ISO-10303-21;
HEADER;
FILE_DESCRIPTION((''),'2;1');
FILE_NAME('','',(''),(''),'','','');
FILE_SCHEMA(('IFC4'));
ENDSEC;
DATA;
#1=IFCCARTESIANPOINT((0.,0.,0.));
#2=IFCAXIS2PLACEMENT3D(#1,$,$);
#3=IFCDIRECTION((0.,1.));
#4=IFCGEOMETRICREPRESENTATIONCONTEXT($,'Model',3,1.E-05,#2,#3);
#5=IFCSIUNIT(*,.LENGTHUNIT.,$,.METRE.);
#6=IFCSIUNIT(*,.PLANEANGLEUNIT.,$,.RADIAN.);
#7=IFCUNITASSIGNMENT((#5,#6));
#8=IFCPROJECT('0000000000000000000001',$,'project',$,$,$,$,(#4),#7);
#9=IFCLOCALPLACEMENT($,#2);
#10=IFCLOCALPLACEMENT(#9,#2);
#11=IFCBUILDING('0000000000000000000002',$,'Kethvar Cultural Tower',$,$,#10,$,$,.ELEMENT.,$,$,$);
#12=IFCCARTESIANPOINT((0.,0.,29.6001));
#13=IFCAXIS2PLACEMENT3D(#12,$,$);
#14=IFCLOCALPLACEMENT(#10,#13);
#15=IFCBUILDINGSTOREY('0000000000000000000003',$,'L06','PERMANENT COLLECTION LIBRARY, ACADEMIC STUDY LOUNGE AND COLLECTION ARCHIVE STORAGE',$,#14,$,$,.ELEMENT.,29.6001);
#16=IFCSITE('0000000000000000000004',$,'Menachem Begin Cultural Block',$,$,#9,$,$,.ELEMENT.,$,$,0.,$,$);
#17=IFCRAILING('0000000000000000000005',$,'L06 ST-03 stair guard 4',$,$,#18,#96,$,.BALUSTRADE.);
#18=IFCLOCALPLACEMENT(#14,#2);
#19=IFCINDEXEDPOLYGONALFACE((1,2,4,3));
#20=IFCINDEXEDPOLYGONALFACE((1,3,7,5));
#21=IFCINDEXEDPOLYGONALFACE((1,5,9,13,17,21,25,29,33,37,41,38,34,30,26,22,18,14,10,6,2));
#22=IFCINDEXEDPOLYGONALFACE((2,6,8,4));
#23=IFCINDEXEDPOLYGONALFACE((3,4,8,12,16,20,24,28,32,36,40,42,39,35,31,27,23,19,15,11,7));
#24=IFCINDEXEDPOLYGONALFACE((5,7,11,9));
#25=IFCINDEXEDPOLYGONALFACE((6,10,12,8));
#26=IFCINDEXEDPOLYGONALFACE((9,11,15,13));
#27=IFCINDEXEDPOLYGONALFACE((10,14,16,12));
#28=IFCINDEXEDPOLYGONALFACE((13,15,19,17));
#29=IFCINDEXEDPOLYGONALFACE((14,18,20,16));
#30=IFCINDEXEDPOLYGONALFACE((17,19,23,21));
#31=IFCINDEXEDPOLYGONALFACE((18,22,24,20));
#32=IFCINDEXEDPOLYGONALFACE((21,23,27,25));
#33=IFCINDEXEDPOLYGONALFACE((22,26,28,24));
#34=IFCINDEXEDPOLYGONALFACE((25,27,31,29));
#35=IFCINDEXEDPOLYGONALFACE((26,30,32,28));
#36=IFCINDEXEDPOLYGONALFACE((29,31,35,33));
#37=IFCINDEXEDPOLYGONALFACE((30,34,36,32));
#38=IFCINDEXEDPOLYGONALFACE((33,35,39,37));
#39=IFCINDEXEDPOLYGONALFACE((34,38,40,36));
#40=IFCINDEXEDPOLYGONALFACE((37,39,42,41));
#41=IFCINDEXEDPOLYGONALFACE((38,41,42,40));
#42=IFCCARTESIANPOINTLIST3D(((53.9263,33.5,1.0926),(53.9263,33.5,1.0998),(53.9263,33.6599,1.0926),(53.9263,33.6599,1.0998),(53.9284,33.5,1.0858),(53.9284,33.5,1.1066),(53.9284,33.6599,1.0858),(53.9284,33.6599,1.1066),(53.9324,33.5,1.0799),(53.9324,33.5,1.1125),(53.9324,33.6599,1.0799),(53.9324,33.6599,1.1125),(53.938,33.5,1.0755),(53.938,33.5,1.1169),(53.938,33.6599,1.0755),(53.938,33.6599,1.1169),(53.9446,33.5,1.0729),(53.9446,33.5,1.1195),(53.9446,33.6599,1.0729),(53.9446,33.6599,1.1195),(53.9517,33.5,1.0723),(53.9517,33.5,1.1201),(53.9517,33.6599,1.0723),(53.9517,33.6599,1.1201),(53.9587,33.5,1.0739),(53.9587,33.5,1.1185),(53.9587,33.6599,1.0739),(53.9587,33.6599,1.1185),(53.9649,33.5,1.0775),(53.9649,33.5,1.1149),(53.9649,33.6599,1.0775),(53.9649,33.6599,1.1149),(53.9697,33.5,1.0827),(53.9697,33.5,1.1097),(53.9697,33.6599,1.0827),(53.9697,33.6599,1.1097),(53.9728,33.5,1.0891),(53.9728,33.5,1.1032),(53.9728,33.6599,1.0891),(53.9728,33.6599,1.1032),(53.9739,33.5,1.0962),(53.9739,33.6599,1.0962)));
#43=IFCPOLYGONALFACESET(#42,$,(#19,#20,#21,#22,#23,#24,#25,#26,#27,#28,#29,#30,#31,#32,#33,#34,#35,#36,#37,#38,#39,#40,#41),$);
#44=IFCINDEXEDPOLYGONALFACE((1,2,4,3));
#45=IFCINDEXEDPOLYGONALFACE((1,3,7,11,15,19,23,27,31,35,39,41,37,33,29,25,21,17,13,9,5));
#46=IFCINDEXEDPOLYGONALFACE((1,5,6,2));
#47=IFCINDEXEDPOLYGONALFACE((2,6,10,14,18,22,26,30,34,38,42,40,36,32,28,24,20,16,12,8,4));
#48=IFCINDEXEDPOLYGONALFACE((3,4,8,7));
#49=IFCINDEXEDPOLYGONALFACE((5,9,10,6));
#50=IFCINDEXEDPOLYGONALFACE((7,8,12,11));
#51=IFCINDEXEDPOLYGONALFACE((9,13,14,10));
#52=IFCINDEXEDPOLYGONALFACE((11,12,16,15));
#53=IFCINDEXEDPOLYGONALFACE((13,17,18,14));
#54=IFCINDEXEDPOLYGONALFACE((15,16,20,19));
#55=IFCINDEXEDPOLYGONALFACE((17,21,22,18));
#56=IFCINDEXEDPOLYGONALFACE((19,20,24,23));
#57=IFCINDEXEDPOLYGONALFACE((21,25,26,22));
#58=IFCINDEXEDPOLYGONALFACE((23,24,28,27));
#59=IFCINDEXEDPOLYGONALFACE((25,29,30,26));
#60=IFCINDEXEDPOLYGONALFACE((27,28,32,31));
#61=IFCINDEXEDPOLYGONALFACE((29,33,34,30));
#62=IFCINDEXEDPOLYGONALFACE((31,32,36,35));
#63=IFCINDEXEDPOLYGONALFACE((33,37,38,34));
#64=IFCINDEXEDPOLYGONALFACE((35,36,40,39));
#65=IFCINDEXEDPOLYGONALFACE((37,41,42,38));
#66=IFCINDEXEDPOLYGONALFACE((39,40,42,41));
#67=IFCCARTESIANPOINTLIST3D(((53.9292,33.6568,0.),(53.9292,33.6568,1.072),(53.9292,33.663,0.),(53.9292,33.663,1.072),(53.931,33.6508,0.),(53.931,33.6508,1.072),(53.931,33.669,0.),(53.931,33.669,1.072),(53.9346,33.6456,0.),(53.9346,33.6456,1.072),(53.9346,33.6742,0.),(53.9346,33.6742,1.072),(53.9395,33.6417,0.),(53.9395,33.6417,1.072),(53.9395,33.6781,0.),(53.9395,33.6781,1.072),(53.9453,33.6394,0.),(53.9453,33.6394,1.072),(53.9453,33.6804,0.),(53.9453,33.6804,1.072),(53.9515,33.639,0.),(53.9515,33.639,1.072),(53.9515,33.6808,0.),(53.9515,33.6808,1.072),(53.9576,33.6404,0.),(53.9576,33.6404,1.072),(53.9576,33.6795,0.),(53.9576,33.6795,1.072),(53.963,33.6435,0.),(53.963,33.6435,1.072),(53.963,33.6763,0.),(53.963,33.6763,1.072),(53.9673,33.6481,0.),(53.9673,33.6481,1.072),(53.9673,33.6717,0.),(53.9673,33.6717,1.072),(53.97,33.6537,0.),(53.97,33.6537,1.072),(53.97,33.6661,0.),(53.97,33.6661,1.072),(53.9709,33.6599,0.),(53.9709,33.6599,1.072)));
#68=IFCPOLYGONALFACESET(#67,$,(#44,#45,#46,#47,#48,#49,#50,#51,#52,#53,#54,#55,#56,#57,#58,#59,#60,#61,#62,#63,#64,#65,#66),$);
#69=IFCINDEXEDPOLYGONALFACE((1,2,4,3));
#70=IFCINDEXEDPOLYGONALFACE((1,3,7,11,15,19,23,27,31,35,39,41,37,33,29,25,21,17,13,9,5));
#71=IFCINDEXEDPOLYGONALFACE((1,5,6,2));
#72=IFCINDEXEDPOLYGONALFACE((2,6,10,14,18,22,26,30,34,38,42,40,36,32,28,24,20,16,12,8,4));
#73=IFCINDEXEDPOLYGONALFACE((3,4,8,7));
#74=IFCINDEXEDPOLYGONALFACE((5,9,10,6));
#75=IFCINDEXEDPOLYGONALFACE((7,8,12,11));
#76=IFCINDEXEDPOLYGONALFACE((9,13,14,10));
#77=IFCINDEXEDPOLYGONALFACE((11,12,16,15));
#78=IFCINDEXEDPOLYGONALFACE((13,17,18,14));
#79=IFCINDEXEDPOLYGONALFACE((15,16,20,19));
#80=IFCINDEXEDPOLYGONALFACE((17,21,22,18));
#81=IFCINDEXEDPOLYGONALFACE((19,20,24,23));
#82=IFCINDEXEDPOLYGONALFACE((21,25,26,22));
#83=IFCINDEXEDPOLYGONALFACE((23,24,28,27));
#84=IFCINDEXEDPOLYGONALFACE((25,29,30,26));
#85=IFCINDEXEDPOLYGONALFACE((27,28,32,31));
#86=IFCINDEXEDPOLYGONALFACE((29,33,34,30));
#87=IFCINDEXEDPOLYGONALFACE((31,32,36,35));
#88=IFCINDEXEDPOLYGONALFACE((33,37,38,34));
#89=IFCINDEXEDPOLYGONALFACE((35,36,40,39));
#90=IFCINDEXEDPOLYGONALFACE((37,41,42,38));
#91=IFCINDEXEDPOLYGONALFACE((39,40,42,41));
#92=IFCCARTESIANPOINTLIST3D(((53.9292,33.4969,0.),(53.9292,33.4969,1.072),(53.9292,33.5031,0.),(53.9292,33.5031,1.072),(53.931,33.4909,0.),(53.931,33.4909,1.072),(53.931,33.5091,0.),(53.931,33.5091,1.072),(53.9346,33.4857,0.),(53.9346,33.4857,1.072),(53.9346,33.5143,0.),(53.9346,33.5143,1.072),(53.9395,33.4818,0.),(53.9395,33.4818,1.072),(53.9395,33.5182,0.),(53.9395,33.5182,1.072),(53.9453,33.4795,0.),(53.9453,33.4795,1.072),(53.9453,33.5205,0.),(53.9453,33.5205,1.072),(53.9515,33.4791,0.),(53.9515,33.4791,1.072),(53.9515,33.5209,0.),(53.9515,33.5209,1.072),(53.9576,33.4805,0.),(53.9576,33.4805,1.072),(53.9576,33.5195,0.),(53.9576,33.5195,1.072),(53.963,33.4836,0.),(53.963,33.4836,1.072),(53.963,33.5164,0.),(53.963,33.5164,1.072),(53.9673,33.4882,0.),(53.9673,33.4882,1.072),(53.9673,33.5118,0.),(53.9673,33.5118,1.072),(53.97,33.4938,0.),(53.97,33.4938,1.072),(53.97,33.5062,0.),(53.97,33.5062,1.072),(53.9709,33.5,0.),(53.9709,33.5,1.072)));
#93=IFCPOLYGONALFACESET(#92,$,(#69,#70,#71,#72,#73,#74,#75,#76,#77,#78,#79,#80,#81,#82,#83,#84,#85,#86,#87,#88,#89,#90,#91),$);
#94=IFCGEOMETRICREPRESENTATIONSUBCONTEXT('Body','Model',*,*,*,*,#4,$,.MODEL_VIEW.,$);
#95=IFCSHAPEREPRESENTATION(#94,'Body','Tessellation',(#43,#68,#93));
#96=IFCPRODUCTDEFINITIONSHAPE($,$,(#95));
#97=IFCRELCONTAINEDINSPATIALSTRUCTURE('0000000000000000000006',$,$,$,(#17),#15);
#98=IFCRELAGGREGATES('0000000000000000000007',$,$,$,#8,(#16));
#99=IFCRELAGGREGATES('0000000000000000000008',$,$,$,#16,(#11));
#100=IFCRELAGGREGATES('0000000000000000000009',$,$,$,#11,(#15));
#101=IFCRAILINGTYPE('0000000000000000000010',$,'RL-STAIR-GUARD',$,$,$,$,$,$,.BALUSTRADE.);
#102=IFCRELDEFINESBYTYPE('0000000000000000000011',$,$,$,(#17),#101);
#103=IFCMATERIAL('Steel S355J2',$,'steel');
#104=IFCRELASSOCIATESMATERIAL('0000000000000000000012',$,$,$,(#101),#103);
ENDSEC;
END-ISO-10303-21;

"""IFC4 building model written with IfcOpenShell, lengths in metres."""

from ifc_helpers import new_model, si_unit, direction, frame, origin, origin_2d, place, context, subcontext, project, spatial, circle, extrude, material, type_object, element, save


model = new_model("IFC4")

# Units and contexts
model_context = context("Model", 3, precision=1e-05, world=origin(), true_north=direction((0.0, 1.0)))
body_context = subcontext(model_context, "Body", "Model", "MODEL_VIEW")
ifc_project = project(units=[si_unit("LENGTHUNIT", "METRE"), si_unit("PLANEANGLEUNIT", "RADIAN")], contexts=[model_context])

# Site, building, storey
site_placement = place(None, origin())
site = spatial("IfcSite", under=ifc_project, at=site_placement, Name="Menachem Begin Cultural Block", CompositionType="ELEMENT", RefElevation=0.0)
building_placement = place(site_placement, origin())
building = spatial("IfcBuilding", under=site, at=building_placement, Name="Kethvar Cultural Tower", CompositionType="ELEMENT")
storey_placement = place(building_placement, frame((0.0, 0.0, 29.6001)))
storey = spatial("IfcBuildingStorey", under=building, at=storey_placement, Name="L06", Description="PERMANENT COLLECTION LIBRARY, ACADEMIC STUDY LOUNGE AND COLLECTION ARCHIVE STORAGE", CompositionType="ELEMENT", Elevation=29.6001)

# Shared definitions
ifc_material_1 = material(Name="Steel S355J2", Category="steel")

# Railing
railing_type_1 = type_object("IfcRailingType", Name="RL-STAIR-GUARD", PredefinedType="BALUSTRADE", material=ifc_material_1)
railing_1_placement = place(storey_placement, frame((53.95, 33.6599, 0.0)))
element("IfcRailing", 1, at=railing_1_placement, inside=storey, type_object=railing_type_1, Name="L06 ST-03 stair guard 4", PredefinedType="BALUSTRADE", context=body_context, shape_type="SweptSolid", body=[
    extrude(circle(Radius=0.0239, at=origin_2d()), frame((0.0, 0.0, 1.0962), z_axis=(0.0, -1.0, 0.0), x_axis=(1.0, 0.0, 0.0)), (0.0, 0.0, 1.0), 0.1599),
    extrude(circle(Radius=0.021, at=origin_2d()), origin(), (0.0, 0.0, 1.0), 1.072),
    extrude(circle(Radius=0.021, at=origin_2d()), frame((0.0, -0.1599, 0.0)), (0.0, 0.0, 1.0), 1.072),
])

save(model, "model.ifc")
